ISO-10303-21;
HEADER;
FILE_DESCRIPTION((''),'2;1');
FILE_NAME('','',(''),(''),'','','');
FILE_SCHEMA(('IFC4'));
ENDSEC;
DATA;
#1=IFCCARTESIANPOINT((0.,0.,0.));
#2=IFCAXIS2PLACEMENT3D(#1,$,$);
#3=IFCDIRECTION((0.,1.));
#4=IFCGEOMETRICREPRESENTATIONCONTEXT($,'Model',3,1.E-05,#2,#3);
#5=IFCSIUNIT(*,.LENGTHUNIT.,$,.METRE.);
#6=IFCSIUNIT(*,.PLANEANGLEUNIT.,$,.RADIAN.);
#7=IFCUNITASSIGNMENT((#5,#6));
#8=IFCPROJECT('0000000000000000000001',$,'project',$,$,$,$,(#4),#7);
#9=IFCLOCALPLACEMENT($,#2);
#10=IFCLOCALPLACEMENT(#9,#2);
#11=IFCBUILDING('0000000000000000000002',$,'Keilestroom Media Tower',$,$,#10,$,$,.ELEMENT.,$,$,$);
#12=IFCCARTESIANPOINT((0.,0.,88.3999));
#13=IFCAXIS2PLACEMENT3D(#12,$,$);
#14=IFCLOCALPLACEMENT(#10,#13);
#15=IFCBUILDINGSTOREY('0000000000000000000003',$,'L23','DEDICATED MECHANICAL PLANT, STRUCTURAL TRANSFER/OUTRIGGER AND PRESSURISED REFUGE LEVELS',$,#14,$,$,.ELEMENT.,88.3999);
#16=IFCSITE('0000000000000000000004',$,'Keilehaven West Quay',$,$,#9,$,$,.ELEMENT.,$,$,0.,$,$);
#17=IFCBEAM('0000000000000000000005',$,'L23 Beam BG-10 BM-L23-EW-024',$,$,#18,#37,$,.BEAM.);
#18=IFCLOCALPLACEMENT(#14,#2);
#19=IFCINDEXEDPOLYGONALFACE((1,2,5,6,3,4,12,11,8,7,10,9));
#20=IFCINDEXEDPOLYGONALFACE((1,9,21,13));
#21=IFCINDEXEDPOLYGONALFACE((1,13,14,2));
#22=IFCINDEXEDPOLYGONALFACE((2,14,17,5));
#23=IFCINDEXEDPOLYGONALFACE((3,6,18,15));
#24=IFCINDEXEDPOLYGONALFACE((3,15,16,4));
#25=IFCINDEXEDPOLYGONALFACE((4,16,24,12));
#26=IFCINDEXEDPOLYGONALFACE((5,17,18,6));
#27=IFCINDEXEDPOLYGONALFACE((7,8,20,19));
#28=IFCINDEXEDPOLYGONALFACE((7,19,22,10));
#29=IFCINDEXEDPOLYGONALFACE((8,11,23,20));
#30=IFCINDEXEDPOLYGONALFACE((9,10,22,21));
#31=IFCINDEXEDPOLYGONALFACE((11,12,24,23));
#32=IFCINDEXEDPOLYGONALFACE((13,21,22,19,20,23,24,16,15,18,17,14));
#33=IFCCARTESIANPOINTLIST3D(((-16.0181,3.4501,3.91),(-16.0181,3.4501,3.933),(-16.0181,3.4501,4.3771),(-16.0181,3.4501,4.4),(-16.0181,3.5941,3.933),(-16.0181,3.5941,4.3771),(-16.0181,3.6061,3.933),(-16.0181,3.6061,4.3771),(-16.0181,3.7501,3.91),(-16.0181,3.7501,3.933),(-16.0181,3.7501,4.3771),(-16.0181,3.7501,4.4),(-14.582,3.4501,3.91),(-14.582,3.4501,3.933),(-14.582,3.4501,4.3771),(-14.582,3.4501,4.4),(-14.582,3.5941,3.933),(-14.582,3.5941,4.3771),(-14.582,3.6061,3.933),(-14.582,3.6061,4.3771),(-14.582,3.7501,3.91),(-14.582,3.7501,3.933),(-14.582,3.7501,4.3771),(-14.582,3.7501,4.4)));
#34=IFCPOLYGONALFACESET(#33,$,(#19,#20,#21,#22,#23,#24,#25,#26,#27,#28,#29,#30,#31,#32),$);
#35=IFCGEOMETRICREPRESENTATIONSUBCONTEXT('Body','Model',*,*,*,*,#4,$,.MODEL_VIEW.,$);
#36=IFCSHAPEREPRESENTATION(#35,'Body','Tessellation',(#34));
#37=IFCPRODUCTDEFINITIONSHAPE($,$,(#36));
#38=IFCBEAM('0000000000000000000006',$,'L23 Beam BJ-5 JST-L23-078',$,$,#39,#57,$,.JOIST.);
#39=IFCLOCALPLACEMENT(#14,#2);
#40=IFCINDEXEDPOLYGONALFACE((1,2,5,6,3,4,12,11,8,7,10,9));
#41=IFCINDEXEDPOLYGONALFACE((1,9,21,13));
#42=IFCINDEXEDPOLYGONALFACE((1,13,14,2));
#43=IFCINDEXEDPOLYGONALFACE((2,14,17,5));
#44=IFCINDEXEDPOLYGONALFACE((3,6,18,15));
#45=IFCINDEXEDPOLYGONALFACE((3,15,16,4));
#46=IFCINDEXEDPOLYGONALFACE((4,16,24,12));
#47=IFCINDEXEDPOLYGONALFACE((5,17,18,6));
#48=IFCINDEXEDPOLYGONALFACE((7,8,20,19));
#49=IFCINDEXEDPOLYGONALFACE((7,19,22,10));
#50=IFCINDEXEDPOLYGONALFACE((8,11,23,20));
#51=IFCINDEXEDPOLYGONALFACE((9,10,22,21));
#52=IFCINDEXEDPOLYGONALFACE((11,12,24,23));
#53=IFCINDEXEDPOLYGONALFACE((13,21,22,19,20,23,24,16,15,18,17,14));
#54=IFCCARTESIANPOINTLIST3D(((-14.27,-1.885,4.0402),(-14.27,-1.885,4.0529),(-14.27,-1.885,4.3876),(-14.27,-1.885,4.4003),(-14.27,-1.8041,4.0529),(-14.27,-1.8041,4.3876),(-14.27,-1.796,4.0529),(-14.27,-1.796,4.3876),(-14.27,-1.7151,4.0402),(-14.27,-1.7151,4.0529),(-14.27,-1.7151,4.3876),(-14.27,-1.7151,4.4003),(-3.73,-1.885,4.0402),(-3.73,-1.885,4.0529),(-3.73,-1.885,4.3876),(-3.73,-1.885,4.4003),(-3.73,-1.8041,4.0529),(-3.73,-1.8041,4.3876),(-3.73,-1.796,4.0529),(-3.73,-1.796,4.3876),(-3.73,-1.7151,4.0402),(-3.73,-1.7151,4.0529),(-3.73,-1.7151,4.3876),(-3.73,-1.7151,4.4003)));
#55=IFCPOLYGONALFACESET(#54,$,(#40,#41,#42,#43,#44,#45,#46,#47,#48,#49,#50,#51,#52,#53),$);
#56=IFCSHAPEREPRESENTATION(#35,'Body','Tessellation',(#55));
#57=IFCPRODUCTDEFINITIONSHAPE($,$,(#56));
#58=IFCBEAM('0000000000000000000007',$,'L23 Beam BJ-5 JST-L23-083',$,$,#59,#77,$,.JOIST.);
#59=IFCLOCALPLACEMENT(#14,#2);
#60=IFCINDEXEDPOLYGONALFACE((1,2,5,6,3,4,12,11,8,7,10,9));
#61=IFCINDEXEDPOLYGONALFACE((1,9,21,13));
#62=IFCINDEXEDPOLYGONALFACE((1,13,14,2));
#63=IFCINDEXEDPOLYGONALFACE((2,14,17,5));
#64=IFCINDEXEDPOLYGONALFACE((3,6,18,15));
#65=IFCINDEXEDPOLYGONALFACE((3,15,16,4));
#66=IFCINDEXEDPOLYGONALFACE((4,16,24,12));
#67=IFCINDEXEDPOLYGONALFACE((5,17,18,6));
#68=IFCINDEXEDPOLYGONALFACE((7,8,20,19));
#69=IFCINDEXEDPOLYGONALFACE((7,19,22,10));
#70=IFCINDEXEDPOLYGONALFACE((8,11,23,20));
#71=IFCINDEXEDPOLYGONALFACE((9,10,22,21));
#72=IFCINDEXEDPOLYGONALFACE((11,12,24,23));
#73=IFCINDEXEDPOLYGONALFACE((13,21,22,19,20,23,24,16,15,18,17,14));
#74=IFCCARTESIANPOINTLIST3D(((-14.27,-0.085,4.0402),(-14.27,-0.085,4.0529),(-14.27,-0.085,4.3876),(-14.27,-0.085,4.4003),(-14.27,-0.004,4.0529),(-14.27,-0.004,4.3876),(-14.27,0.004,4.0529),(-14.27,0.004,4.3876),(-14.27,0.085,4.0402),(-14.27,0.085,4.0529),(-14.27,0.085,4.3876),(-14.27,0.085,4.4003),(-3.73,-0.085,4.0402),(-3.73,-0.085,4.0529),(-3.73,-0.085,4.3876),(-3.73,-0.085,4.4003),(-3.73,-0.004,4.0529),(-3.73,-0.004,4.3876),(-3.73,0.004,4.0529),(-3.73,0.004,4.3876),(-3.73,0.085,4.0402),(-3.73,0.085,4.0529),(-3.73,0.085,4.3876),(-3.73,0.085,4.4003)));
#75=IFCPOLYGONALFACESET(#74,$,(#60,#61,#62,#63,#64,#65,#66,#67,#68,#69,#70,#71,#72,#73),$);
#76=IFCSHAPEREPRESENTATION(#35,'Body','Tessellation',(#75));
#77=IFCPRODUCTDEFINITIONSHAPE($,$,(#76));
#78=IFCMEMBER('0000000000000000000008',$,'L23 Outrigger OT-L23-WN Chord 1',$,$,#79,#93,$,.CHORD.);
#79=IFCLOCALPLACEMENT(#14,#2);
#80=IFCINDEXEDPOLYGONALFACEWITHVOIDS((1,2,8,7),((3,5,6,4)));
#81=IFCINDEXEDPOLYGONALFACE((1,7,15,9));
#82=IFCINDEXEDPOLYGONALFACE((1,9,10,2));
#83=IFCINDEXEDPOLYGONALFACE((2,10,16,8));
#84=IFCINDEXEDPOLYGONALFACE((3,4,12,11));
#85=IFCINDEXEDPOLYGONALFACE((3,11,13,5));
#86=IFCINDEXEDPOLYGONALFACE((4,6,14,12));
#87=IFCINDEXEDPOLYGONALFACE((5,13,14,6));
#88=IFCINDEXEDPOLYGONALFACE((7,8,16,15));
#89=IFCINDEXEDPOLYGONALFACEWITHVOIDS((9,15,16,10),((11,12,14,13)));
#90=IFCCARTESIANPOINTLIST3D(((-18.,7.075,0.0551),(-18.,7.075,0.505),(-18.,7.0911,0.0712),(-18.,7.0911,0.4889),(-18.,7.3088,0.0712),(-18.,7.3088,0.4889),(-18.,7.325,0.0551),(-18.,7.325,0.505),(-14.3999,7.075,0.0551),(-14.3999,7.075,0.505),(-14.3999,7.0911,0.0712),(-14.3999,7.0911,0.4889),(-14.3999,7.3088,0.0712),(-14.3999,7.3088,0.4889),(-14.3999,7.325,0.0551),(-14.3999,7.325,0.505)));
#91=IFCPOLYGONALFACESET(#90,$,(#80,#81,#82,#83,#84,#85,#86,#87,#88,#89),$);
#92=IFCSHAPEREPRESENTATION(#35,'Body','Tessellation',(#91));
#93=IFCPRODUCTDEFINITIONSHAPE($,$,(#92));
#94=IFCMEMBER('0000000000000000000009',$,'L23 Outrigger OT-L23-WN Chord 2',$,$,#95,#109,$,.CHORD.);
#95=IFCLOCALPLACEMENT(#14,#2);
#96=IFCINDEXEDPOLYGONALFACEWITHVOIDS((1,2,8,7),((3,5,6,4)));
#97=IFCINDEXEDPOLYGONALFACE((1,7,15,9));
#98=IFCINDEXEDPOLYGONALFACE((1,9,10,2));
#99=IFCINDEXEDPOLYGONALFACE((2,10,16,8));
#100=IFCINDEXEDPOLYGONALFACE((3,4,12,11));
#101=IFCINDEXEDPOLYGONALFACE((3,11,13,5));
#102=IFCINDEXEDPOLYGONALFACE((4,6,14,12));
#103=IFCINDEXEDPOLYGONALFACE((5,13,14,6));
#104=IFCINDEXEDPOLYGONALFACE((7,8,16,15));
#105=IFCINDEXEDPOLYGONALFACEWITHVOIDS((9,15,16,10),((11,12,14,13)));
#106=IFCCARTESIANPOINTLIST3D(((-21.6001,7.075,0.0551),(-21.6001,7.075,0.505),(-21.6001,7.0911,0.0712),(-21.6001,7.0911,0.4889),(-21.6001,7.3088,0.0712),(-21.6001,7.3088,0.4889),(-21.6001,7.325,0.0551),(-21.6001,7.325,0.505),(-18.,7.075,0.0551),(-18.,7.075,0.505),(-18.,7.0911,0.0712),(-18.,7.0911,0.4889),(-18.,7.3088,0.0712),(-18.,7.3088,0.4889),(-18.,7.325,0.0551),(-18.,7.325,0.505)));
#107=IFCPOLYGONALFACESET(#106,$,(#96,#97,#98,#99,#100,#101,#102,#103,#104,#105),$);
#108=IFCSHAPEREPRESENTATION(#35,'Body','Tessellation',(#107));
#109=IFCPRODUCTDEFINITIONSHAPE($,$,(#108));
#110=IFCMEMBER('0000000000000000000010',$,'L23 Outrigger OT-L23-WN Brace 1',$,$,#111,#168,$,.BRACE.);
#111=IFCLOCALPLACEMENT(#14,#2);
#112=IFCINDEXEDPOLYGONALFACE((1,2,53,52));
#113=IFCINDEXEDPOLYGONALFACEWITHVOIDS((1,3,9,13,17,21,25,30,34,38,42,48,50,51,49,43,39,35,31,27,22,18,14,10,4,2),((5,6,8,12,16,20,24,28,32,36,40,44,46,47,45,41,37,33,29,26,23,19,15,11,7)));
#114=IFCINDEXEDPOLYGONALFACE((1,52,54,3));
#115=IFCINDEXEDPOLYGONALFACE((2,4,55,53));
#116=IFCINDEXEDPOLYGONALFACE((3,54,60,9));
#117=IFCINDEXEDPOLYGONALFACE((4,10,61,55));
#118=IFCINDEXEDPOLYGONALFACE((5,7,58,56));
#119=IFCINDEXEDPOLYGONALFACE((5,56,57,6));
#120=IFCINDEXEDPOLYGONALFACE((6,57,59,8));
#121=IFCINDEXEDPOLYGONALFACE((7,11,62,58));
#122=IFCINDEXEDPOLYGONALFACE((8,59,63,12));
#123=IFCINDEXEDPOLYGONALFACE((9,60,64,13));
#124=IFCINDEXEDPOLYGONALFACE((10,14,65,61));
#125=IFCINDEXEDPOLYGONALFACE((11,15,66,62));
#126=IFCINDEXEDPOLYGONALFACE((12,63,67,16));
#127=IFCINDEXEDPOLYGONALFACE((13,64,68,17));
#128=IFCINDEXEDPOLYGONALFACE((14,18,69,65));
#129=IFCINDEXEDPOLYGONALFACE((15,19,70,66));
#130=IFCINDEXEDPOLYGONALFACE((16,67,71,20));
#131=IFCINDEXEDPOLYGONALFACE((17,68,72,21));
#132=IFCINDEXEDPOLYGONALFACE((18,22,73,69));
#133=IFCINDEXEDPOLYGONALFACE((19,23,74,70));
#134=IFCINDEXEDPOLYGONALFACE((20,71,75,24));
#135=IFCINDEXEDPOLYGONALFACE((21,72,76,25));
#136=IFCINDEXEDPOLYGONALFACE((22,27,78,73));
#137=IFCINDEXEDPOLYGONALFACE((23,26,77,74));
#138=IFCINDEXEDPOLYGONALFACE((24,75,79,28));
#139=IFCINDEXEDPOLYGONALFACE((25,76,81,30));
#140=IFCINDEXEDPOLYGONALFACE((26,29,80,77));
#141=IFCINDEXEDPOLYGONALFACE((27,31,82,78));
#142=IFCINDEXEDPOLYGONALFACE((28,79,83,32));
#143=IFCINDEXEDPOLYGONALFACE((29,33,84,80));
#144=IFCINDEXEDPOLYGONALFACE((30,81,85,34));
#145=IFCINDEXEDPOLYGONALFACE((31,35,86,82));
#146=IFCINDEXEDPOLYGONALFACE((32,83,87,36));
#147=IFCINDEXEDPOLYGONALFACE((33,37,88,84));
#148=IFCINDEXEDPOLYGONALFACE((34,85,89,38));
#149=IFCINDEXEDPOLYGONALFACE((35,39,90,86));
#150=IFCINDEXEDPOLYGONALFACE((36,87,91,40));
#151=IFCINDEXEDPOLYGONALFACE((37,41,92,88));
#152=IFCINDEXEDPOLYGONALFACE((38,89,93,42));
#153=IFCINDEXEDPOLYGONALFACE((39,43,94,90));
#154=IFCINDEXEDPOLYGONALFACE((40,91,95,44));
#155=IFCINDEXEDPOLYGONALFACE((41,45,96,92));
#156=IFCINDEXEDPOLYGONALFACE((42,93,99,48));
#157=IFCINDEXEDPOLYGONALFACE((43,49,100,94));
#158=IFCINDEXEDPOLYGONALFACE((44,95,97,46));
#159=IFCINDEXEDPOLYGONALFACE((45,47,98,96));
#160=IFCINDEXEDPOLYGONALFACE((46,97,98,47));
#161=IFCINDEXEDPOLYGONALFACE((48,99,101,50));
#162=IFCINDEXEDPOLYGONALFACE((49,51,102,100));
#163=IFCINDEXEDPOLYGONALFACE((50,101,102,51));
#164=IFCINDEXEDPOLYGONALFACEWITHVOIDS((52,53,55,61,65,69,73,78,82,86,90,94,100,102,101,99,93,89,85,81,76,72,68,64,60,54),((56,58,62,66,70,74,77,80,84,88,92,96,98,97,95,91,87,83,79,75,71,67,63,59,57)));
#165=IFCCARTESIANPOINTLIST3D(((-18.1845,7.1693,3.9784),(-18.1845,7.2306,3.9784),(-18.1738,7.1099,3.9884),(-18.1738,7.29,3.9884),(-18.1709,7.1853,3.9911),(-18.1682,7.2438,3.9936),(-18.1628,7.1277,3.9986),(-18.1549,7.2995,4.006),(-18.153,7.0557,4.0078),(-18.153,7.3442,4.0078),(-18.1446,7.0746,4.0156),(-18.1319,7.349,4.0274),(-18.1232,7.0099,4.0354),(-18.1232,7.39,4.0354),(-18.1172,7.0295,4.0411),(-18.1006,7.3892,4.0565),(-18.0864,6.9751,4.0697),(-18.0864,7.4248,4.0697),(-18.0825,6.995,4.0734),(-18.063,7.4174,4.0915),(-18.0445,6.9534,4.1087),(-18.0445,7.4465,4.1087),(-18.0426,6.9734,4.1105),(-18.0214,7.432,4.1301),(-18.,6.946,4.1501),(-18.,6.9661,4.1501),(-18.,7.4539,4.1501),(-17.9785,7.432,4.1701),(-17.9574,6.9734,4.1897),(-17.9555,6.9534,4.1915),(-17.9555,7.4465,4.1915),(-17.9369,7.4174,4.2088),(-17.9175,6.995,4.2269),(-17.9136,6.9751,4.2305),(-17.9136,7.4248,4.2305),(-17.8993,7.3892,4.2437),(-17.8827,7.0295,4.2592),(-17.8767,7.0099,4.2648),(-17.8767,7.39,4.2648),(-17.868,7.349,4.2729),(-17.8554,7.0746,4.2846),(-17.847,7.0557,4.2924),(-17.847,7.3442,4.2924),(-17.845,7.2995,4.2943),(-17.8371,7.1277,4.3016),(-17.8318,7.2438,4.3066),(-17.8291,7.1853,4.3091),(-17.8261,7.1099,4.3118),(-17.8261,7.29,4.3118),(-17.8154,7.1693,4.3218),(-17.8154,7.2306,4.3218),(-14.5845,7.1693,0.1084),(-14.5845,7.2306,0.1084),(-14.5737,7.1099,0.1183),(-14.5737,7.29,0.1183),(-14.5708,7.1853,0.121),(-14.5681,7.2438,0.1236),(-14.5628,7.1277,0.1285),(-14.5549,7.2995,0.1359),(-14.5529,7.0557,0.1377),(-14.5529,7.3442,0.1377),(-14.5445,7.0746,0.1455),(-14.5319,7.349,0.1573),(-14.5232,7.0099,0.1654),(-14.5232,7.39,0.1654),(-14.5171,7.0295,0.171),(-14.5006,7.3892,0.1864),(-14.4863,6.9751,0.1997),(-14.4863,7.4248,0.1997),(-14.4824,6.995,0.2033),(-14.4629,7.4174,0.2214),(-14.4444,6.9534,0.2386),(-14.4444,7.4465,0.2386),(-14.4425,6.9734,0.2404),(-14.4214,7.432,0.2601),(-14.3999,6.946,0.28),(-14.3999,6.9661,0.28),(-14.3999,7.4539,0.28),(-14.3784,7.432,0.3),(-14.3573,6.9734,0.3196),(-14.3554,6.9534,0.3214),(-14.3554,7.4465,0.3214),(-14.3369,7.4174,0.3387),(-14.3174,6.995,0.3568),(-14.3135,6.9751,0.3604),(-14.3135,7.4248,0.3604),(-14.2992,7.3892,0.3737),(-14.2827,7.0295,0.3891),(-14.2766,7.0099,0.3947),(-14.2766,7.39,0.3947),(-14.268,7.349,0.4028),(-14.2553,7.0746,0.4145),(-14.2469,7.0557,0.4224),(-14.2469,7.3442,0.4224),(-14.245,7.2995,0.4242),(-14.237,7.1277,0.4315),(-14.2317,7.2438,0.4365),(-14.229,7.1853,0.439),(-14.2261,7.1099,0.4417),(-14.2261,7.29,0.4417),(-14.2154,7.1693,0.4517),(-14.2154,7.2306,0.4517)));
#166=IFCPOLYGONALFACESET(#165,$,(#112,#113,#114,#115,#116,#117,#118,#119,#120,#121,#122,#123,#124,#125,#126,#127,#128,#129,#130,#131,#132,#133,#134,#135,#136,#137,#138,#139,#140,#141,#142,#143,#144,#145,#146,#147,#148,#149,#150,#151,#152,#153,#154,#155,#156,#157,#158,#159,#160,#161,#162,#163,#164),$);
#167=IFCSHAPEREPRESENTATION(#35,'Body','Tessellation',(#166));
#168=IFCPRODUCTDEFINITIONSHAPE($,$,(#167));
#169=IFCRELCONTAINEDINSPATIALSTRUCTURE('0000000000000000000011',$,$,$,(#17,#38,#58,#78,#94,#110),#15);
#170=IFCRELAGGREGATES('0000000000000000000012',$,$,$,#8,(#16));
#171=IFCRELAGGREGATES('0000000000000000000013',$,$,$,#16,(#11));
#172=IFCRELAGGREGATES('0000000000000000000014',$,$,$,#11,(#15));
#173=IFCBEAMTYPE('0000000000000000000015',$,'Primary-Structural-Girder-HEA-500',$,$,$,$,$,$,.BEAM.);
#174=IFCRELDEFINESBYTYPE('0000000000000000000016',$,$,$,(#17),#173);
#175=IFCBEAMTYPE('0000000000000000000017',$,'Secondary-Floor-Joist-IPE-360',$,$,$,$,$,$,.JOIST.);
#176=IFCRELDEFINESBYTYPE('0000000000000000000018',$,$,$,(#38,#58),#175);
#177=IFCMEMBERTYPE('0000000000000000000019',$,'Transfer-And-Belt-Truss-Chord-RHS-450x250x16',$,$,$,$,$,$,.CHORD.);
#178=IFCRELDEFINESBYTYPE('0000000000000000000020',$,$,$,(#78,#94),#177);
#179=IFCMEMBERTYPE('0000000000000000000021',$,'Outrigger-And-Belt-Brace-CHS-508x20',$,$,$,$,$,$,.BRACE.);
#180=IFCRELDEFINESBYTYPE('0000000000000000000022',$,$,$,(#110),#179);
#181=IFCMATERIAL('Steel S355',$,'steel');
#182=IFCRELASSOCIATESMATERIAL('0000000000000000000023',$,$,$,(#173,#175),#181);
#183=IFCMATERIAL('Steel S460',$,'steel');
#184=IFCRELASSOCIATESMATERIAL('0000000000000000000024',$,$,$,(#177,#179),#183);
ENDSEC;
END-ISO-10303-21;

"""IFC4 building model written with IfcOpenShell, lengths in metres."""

from ifc_helpers import new_model, si_unit, direction, frame, origin, origin_2d, place, context, subcontext, project, spatial, hollow_rectangle, hollow_circle, i_section, extrude, source, transform, mapped, material, material_profile, profile_set, type_object, element, save


model = new_model("IFC4")

# Units and contexts
model_context = context("Model", 3, precision=1e-05, world=origin(), true_north=direction((0.0, 1.0)))
body_context = subcontext(model_context, "Body", "Model", "MODEL_VIEW")
ifc_project = project(units=[si_unit("LENGTHUNIT", "METRE"), si_unit("PLANEANGLEUNIT", "RADIAN")], contexts=[model_context])

# Site, building, storey
site_placement = place(None, origin())
site = spatial("IfcSite", under=ifc_project, at=site_placement, Name="Keilehaven West Quay", CompositionType="ELEMENT", RefElevation=0.0)
building_placement = place(site_placement, origin())
building = spatial("IfcBuilding", under=site, at=building_placement, Name="Keilestroom Media Tower", CompositionType="ELEMENT")
storey_placement = place(building_placement, frame((0.0, 0.0, 88.3999)))
storey = spatial("IfcBuildingStorey", under=building, at=storey_placement, Name="L23", Description="DEDICATED MECHANICAL PLANT, STRUCTURAL TRANSFER/OUTRIGGER AND PRESSURISED REFUGE LEVELS", CompositionType="ELEMENT", Elevation=88.3999)

# Shared definitions
ifc_material_1 = material(Name="Steel S460", Category="steel")

# Beams
ifc_material_2 = material(Name="Steel S355", Category="steel")
ifc_material_profile_1 = material_profile(ifc_material_2, i_section(OverallWidth=0.3, OverallDepth=0.49, WebThickness=0.012, FlangeThickness=0.0229, at=origin_2d()), Name="HEA 500")
ifc_profile_set_1 = profile_set([ifc_material_profile_1], Name="Steel S355")
beam_type_1 = type_object("IfcBeamType", Name="Primary-Structural-Girder-HEA-500", PredefinedType="BEAM", material=ifc_profile_set_1)
shared_shape_1 = source(origin(), body_context, "Body", "SweptSolid", [
    extrude(i_section(OverallWidth=0.3, OverallDepth=0.49, WebThickness=0.012, FlangeThickness=0.0229, at=origin_2d()), origin(), (0.0, 0.0, 1.0), 1.436),
])
for number, where, z_axis, x_axis, name in (
    (1, (-16.0181, 3.6001, 4.155), (1.0, 0.0, 0.0), (0.0, 1.0, 0.0), "L23 Beam BG-10 BM-L23-EW-024"),
):
    element("IfcBeam", number, at=place(storey_placement, frame(where, z_axis=z_axis, x_axis=x_axis)), inside=storey, type_object=beam_type_1, Name=name, PredefinedType="BEAM", context=body_context, shape_type="MappedRepresentation", body=[
        mapped(shared_shape_1, transform((0.0, 0.0, 0.0), x_axis=(1.0, 0.0, 0.0), y_axis=(0.0, 1.0, 0.0), z_axis=(0.0, 0.0, 1.0), scale=1.0)),
    ])
ifc_material_profile_2 = material_profile(ifc_material_2, i_section(OverallWidth=0.1699, OverallDepth=0.3601, WebThickness=0.0081, FlangeThickness=0.0127, at=origin_2d()), Name="IPE 360")
ifc_profile_set_2 = profile_set([ifc_material_profile_2], Name="Steel S355")
beam_type_2 = type_object("IfcBeamType", Name="Secondary-Floor-Joist-IPE-360", PredefinedType="JOIST", material=ifc_profile_set_2)
shared_shape_2 = source(origin(), body_context, "Body", "SweptSolid", [
    extrude(i_section(OverallWidth=0.1699, OverallDepth=0.3601, WebThickness=0.0081, FlangeThickness=0.0127, at=origin_2d()), origin(), (0.0, 0.0, 1.0), 10.54),
])
for number, where, z_axis, x_axis, name in (
    (2, (-14.27, -1.8, 4.2202), (1.0, 0.0, 0.0), (0.0, 1.0, 0.0), "L23 Beam BJ-5 JST-L23-078"),
    (3, (-14.27, 0.0, 4.2202), (1.0, 0.0, 0.0), (0.0, 1.0, 0.0), "L23 Beam BJ-5 JST-L23-083"),
):
    element("IfcBeam", number, at=place(storey_placement, frame(where, z_axis=z_axis, x_axis=x_axis)), inside=storey, type_object=beam_type_2, Name=name, PredefinedType="JOIST", context=body_context, shape_type="MappedRepresentation", body=[
        mapped(shared_shape_2, transform((0.0, 0.0, 0.0), x_axis=(1.0, 0.0, 0.0), y_axis=(0.0, 1.0, 0.0), z_axis=(0.0, 0.0, 1.0), scale=1.0)),
    ])

# Members
ifc_material_profile_3 = material_profile(ifc_material_1, hollow_rectangle(XDim=0.25, YDim=0.45, WallThickness=0.0161, at=origin_2d()), Name="RHS 450x250x16")
ifc_profile_set_3 = profile_set([ifc_material_profile_3], Name="Steel S460")
member_type_1 = type_object("IfcMemberType", Name="Transfer-And-Belt-Truss-Chord-RHS-450x250x16", PredefinedType="CHORD", material=ifc_profile_set_3)
shared_shape_3 = source(origin(), body_context, "Body", "SweptSolid", [
    extrude(hollow_rectangle(XDim=0.25, YDim=0.45, WallThickness=0.0161, at=origin_2d()), origin(), (0.0, 0.0, 1.0), 3.6001),
])
for number, where, z_axis, x_axis, name in (
    (4, (-14.3999, 7.2, 0.28), (-1.0, 0.0, 0.0), (0.0, -1.0, 0.0), "L23 Outrigger OT-L23-WN Chord 1"),
    (5, (-18.0, 7.2, 0.28), (-1.0, 0.0, 0.0), (0.0, -1.0, 0.0), "L23 Outrigger OT-L23-WN Chord 2"),
):
    element("IfcMember", number, at=place(storey_placement, frame(where, z_axis=z_axis, x_axis=x_axis)), inside=storey, type_object=member_type_1, Name=name, PredefinedType="CHORD", context=body_context, shape_type="MappedRepresentation", body=[
        mapped(shared_shape_3, transform((0.0, 0.0, 0.0), x_axis=(1.0, 0.0, 0.0), y_axis=(0.0, 1.0, 0.0), z_axis=(0.0, 0.0, 1.0), scale=1.0)),
    ])
ifc_material_profile_4 = material_profile(ifc_material_1, hollow_circle(Radius=0.2539, WallThickness=0.02, at=origin_2d()), Name="CHS 508x20")
ifc_profile_set_4 = profile_set([ifc_material_profile_4], Name="Steel S460")
member_type_2 = type_object("IfcMemberType", Name="Outrigger-And-Belt-Brace-CHS-508x20", PredefinedType="BRACE", material=ifc_profile_set_4)
shared_shape_4 = source(origin(), body_context, "Body", "SweptSolid", [
    extrude(hollow_circle(Radius=0.2539, WallThickness=0.02, at=origin_2d()), origin(), (0.0, 0.0, 1.0), 5.2856),
])
for number, where, z_axis, x_axis, name in (
    (6, (-14.3999, 7.2, 0.28), (-0.681103, 0.0, 0.732188), (0.0, -1.0, 0.0), "L23 Outrigger OT-L23-WN Brace 1"),
):
    element("IfcMember", number, at=place(storey_placement, frame(where, z_axis=z_axis, x_axis=x_axis)), inside=storey, type_object=member_type_2, Name=name, PredefinedType="BRACE", context=body_context, shape_type="MappedRepresentation", body=[
        mapped(shared_shape_4, transform((0.0, 0.0, 0.0), x_axis=(1.0, 0.0, 0.0), y_axis=(0.0, 1.0, 0.0), z_axis=(0.0, 0.0, 1.0), scale=1.0)),
    ])

save(model, "model.ifc")
